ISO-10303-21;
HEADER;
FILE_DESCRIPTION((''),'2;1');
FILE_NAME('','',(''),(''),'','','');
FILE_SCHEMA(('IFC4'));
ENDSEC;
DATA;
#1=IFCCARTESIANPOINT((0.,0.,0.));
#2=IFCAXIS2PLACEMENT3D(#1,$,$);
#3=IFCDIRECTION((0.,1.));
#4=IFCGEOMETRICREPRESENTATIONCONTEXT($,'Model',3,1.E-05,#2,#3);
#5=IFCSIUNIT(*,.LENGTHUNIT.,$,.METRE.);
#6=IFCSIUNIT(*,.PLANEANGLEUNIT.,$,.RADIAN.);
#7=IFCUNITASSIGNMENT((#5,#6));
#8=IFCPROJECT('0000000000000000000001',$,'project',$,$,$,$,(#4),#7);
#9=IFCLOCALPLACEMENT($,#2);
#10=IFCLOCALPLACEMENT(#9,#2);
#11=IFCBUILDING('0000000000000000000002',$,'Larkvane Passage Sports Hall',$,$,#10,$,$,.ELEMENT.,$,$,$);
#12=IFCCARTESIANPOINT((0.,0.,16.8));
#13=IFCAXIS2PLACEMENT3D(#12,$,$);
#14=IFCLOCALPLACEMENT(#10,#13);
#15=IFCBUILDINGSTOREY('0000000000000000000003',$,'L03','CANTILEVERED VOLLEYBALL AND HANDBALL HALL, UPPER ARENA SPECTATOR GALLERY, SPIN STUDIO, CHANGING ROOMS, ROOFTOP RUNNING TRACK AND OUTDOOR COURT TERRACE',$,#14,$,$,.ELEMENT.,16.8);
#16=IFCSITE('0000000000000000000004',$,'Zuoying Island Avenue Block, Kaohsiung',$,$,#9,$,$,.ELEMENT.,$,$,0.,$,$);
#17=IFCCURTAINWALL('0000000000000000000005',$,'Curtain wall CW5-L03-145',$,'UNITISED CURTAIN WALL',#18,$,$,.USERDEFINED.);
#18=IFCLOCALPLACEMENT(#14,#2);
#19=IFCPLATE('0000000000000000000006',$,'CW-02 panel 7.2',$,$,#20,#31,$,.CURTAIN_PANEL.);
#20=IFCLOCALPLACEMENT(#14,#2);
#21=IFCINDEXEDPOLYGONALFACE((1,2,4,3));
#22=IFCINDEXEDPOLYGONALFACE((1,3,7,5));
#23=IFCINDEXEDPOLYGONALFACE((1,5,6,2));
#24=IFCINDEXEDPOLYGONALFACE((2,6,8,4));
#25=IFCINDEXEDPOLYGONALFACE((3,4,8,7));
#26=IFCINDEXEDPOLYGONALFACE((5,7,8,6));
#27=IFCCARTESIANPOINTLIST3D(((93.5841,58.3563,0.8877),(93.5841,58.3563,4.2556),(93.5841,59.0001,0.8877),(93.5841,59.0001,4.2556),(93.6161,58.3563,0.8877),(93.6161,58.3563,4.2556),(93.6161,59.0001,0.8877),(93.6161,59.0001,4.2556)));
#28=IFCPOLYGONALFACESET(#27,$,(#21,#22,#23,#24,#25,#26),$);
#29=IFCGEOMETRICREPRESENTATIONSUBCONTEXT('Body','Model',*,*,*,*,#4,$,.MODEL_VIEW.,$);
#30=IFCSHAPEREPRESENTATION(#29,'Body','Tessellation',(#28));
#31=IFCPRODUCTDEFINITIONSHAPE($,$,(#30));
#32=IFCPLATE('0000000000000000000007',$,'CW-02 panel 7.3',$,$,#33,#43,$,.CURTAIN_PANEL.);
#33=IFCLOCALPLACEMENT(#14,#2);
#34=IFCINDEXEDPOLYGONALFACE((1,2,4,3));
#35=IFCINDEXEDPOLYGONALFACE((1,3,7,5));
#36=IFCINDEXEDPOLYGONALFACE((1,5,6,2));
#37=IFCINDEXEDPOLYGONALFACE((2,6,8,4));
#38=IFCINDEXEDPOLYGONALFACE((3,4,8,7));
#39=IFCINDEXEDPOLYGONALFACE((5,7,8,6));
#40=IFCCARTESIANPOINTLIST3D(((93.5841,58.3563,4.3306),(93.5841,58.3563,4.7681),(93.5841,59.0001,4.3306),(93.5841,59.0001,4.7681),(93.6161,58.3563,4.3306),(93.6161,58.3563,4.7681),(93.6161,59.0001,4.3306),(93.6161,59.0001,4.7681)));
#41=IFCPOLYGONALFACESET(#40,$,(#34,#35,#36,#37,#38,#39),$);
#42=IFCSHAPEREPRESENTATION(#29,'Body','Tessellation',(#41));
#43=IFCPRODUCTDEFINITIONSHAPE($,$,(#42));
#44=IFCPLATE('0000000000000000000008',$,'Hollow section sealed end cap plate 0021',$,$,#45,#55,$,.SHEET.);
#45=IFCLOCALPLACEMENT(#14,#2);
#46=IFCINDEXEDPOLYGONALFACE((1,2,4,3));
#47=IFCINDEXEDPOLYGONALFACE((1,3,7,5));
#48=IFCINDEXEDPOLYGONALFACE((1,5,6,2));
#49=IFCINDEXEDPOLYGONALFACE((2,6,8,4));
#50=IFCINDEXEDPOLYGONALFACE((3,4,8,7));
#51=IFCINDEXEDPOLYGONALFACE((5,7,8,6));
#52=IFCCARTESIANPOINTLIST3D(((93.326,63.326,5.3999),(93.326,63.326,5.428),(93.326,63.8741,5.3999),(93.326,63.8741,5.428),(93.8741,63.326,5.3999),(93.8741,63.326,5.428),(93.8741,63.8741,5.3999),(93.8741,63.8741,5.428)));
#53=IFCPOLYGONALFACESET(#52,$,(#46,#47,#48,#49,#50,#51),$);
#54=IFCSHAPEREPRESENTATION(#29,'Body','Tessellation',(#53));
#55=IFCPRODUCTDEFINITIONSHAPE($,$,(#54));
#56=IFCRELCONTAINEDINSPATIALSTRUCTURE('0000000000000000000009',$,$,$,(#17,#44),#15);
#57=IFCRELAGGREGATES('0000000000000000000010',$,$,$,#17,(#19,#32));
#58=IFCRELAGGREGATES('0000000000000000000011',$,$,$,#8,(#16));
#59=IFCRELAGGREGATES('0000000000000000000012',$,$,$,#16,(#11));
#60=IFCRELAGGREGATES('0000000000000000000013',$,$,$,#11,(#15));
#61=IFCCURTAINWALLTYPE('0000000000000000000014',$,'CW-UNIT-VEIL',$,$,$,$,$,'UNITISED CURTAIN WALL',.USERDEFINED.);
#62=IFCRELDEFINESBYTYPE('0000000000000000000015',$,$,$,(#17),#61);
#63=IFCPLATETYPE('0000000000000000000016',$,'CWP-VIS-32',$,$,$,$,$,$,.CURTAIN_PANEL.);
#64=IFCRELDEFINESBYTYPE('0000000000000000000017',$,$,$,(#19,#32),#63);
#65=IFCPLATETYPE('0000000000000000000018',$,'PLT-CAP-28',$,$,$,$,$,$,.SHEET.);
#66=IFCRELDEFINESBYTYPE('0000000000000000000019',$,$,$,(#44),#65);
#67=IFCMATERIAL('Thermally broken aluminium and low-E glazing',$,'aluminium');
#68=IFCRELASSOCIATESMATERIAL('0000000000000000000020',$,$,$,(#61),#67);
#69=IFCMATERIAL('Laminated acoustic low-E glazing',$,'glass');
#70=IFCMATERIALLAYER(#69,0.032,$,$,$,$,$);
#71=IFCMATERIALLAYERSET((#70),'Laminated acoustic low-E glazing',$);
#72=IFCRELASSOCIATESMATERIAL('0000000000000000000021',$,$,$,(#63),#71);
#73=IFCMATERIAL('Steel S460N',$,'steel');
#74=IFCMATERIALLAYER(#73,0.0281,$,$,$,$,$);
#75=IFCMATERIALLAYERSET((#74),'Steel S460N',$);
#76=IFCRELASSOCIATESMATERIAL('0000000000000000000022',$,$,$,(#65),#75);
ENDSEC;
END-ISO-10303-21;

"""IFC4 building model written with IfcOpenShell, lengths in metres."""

from ifc_helpers import new_model, si_unit, direction, frame, origin, origin_2d, place, context, subcontext, project, spatial, rectangle, extrude, material, layer, layer_set, type_object, element, aggregate, save


model = new_model("IFC4")

# Units and contexts
model_context = context("Model", 3, precision=1e-05, world=origin(), true_north=direction((0.0, 1.0)))
body_context = subcontext(model_context, "Body", "Model", "MODEL_VIEW")
ifc_project = project(units=[si_unit("LENGTHUNIT", "METRE"), si_unit("PLANEANGLEUNIT", "RADIAN")], contexts=[model_context])

# Site, building, storey
site_placement = place(None, origin())
site = spatial("IfcSite", under=ifc_project, at=site_placement, Name="Zuoying Island Avenue Block, Kaohsiung", CompositionType="ELEMENT", RefElevation=0.0)
building_placement = place(site_placement, origin())
building = spatial("IfcBuilding", under=site, at=building_placement, Name="Larkvane Passage Sports Hall", CompositionType="ELEMENT")
storey_placement = place(building_placement, frame((0.0, 0.0, 16.8)))
storey = spatial("IfcBuildingStorey", under=building, at=storey_placement, Name="L03", Description="CANTILEVERED VOLLEYBALL AND HANDBALL HALL, UPPER ARENA SPECTATOR GALLERY, SPIN STUDIO, CHANGING ROOMS, ROOFTOP RUNNING TRACK AND OUTDOOR COURT TERRACE", CompositionType="ELEMENT", Elevation=16.8)

# Curtain wall
ifc_material_1 = material(Name="Thermally broken aluminium and low-E glazing", Category="aluminium")
curtain_wall_type_1 = type_object("IfcCurtainWallType", Name="CW-UNIT-VEIL", ElementType="UNITISED CURTAIN WALL", PredefinedType="USERDEFINED", material=ifc_material_1)
curtain_wall_1_placement = place(storey_placement, origin())
curtain_wall_1 = element("IfcCurtainWall", 1, at=curtain_wall_1_placement, inside=storey, type_object=curtain_wall_type_1, Name="Curtain wall CW5-L03-145", ObjectType="UNITISED CURTAIN WALL", PredefinedType="USERDEFINED")

# Plates
ifc_material_2 = material(Name="Laminated acoustic low-E glazing", Category="glass")
ifc_layer_1 = layer(ifc_material_2, 0.032)
ifc_layer_set_1 = layer_set([ifc_layer_1], Name="Laminated acoustic low-E glazing")
plate_type_1 = type_object("IfcPlateType", Name="CWP-VIS-32", PredefinedType="CURTAIN_PANEL", material=ifc_layer_set_1)
plate_1_placement = place(storey_placement, frame((93.6001, 58.6782, 0.8877), z_axis=(0.0, 0.0, 1.0), x_axis=(0.0, -1.0, 0.0)))
plate_1 = element("IfcPlate", 2, at=plate_1_placement, type_object=plate_type_1, Name="CW-02 panel 7.2", PredefinedType="CURTAIN_PANEL", context=body_context, shape_type="SweptSolid", body=[
    extrude(rectangle(XDim=0.6438, YDim=0.032, at=origin_2d()), origin(), (0.0, 0.0, 1.0), 3.3679),
])
plate_2_placement = place(storey_placement, frame((93.6001, 58.6782, 4.3306), z_axis=(0.0, 0.0, 1.0), x_axis=(0.0, -1.0, 0.0)))
plate_2 = element("IfcPlate", 3, at=plate_2_placement, type_object=plate_type_1, Name="CW-02 panel 7.3", PredefinedType="CURTAIN_PANEL", context=body_context, shape_type="SweptSolid", body=[
    extrude(rectangle(XDim=0.6438, YDim=0.032, at=origin_2d()), origin(), (0.0, 0.0, 1.0), 0.4375),
])
aggregate(curtain_wall_1, [plate_1, plate_2])
ifc_material_3 = material(Name="Steel S460N", Category="steel")
ifc_layer_2 = layer(ifc_material_3, 0.0281)
ifc_layer_set_2 = layer_set([ifc_layer_2], Name="Steel S460N")
plate_type_2 = type_object("IfcPlateType", Name="PLT-CAP-28", PredefinedType="SHEET", material=ifc_layer_set_2)
plate_3_placement = place(storey_placement, frame((93.6001, 63.6001, 5.3999), z_axis=(0.0, 0.0, 1.0), x_axis=(1.0, 0.0, 0.0)))
element("IfcPlate", 4, at=plate_3_placement, inside=storey, type_object=plate_type_2, Name="Hollow section sealed end cap plate 0021", PredefinedType="SHEET", context=body_context, shape_type="SweptSolid", body=[
    extrude(rectangle(XDim=0.5481, YDim=0.5481, at=origin_2d()), origin(), (0.0, 0.0, 1.0), 0.0281),
])

save(model, "model.ifc")
